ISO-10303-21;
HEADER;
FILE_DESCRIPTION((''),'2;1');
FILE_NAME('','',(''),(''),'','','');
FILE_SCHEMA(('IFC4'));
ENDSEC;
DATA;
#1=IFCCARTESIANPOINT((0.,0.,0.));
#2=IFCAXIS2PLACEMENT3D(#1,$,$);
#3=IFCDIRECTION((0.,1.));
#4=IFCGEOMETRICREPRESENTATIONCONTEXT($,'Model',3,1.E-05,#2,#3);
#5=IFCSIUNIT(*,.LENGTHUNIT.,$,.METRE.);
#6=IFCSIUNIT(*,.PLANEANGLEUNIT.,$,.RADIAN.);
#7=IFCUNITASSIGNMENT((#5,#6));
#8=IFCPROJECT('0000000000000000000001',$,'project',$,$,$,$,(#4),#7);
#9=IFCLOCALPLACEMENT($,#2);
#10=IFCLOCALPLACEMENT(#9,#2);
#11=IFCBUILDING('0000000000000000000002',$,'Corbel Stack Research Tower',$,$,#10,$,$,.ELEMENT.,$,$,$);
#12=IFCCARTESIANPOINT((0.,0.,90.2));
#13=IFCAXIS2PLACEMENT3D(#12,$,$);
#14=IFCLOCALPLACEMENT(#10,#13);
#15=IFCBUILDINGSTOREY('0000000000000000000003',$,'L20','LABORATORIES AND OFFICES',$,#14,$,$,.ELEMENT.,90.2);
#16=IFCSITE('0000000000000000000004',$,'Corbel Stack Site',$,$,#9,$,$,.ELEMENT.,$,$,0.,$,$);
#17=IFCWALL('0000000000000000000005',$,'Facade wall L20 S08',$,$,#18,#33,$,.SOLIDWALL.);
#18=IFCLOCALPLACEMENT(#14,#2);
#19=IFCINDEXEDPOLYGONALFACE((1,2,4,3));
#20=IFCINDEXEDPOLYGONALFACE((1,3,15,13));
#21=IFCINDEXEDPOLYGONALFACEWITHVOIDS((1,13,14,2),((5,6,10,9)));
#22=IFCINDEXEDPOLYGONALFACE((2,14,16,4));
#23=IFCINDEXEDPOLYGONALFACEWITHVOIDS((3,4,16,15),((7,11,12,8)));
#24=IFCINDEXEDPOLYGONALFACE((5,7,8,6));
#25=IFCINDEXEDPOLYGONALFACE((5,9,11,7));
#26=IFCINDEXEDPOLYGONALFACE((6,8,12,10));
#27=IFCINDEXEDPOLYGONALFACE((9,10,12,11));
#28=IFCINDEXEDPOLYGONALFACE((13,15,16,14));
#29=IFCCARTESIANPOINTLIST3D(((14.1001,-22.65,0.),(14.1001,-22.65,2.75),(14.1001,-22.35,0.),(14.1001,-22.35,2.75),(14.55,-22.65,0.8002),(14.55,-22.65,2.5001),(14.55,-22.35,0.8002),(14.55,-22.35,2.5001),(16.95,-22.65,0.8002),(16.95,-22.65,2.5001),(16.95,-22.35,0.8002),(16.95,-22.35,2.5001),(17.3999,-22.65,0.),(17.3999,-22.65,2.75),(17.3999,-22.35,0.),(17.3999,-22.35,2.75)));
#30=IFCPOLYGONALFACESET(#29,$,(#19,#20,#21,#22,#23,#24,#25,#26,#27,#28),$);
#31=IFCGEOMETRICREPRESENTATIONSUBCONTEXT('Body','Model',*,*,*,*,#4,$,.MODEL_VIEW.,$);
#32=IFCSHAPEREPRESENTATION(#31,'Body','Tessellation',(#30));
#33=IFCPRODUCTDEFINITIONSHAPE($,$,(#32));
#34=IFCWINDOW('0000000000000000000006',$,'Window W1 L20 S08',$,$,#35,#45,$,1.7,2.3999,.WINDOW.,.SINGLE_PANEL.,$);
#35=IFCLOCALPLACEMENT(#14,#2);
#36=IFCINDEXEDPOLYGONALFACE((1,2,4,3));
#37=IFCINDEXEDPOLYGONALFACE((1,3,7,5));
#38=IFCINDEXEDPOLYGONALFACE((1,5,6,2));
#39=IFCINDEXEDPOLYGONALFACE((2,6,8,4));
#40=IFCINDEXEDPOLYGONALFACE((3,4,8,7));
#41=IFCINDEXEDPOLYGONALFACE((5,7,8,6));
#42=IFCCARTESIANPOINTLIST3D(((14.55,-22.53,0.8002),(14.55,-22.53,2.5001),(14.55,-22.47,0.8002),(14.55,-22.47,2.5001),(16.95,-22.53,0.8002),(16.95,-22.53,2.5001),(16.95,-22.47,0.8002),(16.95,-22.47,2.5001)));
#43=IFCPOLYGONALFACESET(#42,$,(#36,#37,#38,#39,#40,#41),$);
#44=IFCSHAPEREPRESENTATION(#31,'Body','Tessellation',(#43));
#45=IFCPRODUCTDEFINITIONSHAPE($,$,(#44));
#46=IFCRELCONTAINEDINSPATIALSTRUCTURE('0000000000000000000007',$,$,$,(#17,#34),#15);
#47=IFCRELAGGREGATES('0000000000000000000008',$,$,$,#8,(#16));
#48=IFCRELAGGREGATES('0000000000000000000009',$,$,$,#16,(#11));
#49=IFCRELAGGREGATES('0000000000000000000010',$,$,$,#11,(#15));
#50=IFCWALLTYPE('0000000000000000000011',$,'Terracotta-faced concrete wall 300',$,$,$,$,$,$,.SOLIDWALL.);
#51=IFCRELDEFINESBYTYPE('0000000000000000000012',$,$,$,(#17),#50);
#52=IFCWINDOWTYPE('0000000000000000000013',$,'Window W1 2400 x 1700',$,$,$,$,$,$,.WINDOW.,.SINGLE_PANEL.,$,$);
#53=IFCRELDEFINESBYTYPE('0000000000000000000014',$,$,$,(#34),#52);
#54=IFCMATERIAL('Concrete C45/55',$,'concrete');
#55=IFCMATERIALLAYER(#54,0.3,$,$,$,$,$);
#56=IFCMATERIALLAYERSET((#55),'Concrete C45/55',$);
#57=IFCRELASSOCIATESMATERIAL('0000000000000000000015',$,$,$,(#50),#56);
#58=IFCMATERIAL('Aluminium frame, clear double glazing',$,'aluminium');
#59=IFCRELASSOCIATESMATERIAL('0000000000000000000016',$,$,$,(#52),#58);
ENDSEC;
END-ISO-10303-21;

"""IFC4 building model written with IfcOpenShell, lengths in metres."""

from ifc_helpers import new_model, si_unit, direction, frame, frame_2d, origin, place, context, subcontext, project, spatial, rectangle, extrude, material, layer, layer_set, type_object, element, fill, save


model = new_model("IFC4")

# Units and contexts
model_context = context("Model", 3, precision=1e-05, world=origin(), true_north=direction((0.0, 1.0)))
body_context = subcontext(model_context, "Body", "Model", "MODEL_VIEW")
ifc_project = project(units=[si_unit("LENGTHUNIT", "METRE"), si_unit("PLANEANGLEUNIT", "RADIAN")], contexts=[model_context])

# Site, building, storey
site_placement = place(None, origin())
site = spatial("IfcSite", under=ifc_project, at=site_placement, Name="Corbel Stack Site", CompositionType="ELEMENT", RefElevation=0.0)
building_placement = place(site_placement, origin())
building = spatial("IfcBuilding", under=site, at=building_placement, Name="Corbel Stack Research Tower", CompositionType="ELEMENT")
storey_placement = place(building_placement, frame((0.0, 0.0, 90.2)))
storey = spatial("IfcBuildingStorey", under=building, at=storey_placement, Name="L20", Description="LABORATORIES AND OFFICES", CompositionType="ELEMENT", Elevation=90.2)

# Wall, opening, window
ifc_material_1 = material(Name="Concrete C45/55", Category="concrete")
ifc_layer_1 = layer(ifc_material_1, 0.3)
ifc_layer_set_1 = layer_set([ifc_layer_1], Name="Concrete C45/55")
wall_type_1 = type_object("IfcWallType", Name="Terracotta-faced concrete wall 300", PredefinedType="SOLIDWALL", material=ifc_layer_set_1)
wall_1_placement = place(storey_placement, frame((17.3999, -22.5, 0.0), z_axis=(0.0, 0.0, 1.0), x_axis=(-1.0, 0.0, 0.0)))
wall_1 = element("IfcWall", 1, at=wall_1_placement, inside=storey, type_object=wall_type_1, Name="Facade wall L20 S08", PredefinedType="SOLIDWALL", context=body_context, shape_type="SweptSolid", body=[
    extrude(rectangle(XDim=3.2998, YDim=0.3, at=frame_2d((1.6499, 0.0))), origin(), (0.0, 0.0, 1.0), 2.75),
])
opening_1_placement = place(wall_1_placement, frame((0.45, 0.0, 0.8)))
opening_1 = element("IfcOpeningElement", 2, at=opening_1_placement, cuts=wall_1, PredefinedType="OPENING", context=body_context, shape_type="SweptSolid", body=[
    extrude(rectangle(XDim=2.3999, YDim=1.7, at=frame_2d((1.2, 0.8501))), frame((0.0, 0.1599, 0.0), z_axis=(0.0, -1.0, 0.0), x_axis=(1.0, 0.0, 0.0)), (0.0, 0.0, 1.0), 0.3201),
])
ifc_material_2 = material(Name="Aluminium frame, clear double glazing", Category="aluminium")
window_type = type_object("IfcWindowType", Name="Window W1 2400 x 1700", PartitioningType="SINGLE_PANEL", PredefinedType="WINDOW", material=ifc_material_2)
window_placement = place(opening_1_placement, origin())
window = element("IfcWindow", 3, at=window_placement, inside=storey, type_object=window_type, Name="Window W1 L20 S08", OverallHeight=1.7, OverallWidth=2.3999, PartitioningType="SINGLE_PANEL", PredefinedType="WINDOW", context=body_context, shape_type="SweptSolid", body=[
    extrude(rectangle(XDim=2.3999, YDim=1.7, at=frame_2d((1.2, 0.8501))), frame((0.0, 0.03, 0.0), z_axis=(0.0, -1.0, 0.0), x_axis=(1.0, 0.0, 0.0)), (0.0, 0.0, 1.0), 0.0601),
])
fill(opening_1, window)

save(model, "model.ifc")
